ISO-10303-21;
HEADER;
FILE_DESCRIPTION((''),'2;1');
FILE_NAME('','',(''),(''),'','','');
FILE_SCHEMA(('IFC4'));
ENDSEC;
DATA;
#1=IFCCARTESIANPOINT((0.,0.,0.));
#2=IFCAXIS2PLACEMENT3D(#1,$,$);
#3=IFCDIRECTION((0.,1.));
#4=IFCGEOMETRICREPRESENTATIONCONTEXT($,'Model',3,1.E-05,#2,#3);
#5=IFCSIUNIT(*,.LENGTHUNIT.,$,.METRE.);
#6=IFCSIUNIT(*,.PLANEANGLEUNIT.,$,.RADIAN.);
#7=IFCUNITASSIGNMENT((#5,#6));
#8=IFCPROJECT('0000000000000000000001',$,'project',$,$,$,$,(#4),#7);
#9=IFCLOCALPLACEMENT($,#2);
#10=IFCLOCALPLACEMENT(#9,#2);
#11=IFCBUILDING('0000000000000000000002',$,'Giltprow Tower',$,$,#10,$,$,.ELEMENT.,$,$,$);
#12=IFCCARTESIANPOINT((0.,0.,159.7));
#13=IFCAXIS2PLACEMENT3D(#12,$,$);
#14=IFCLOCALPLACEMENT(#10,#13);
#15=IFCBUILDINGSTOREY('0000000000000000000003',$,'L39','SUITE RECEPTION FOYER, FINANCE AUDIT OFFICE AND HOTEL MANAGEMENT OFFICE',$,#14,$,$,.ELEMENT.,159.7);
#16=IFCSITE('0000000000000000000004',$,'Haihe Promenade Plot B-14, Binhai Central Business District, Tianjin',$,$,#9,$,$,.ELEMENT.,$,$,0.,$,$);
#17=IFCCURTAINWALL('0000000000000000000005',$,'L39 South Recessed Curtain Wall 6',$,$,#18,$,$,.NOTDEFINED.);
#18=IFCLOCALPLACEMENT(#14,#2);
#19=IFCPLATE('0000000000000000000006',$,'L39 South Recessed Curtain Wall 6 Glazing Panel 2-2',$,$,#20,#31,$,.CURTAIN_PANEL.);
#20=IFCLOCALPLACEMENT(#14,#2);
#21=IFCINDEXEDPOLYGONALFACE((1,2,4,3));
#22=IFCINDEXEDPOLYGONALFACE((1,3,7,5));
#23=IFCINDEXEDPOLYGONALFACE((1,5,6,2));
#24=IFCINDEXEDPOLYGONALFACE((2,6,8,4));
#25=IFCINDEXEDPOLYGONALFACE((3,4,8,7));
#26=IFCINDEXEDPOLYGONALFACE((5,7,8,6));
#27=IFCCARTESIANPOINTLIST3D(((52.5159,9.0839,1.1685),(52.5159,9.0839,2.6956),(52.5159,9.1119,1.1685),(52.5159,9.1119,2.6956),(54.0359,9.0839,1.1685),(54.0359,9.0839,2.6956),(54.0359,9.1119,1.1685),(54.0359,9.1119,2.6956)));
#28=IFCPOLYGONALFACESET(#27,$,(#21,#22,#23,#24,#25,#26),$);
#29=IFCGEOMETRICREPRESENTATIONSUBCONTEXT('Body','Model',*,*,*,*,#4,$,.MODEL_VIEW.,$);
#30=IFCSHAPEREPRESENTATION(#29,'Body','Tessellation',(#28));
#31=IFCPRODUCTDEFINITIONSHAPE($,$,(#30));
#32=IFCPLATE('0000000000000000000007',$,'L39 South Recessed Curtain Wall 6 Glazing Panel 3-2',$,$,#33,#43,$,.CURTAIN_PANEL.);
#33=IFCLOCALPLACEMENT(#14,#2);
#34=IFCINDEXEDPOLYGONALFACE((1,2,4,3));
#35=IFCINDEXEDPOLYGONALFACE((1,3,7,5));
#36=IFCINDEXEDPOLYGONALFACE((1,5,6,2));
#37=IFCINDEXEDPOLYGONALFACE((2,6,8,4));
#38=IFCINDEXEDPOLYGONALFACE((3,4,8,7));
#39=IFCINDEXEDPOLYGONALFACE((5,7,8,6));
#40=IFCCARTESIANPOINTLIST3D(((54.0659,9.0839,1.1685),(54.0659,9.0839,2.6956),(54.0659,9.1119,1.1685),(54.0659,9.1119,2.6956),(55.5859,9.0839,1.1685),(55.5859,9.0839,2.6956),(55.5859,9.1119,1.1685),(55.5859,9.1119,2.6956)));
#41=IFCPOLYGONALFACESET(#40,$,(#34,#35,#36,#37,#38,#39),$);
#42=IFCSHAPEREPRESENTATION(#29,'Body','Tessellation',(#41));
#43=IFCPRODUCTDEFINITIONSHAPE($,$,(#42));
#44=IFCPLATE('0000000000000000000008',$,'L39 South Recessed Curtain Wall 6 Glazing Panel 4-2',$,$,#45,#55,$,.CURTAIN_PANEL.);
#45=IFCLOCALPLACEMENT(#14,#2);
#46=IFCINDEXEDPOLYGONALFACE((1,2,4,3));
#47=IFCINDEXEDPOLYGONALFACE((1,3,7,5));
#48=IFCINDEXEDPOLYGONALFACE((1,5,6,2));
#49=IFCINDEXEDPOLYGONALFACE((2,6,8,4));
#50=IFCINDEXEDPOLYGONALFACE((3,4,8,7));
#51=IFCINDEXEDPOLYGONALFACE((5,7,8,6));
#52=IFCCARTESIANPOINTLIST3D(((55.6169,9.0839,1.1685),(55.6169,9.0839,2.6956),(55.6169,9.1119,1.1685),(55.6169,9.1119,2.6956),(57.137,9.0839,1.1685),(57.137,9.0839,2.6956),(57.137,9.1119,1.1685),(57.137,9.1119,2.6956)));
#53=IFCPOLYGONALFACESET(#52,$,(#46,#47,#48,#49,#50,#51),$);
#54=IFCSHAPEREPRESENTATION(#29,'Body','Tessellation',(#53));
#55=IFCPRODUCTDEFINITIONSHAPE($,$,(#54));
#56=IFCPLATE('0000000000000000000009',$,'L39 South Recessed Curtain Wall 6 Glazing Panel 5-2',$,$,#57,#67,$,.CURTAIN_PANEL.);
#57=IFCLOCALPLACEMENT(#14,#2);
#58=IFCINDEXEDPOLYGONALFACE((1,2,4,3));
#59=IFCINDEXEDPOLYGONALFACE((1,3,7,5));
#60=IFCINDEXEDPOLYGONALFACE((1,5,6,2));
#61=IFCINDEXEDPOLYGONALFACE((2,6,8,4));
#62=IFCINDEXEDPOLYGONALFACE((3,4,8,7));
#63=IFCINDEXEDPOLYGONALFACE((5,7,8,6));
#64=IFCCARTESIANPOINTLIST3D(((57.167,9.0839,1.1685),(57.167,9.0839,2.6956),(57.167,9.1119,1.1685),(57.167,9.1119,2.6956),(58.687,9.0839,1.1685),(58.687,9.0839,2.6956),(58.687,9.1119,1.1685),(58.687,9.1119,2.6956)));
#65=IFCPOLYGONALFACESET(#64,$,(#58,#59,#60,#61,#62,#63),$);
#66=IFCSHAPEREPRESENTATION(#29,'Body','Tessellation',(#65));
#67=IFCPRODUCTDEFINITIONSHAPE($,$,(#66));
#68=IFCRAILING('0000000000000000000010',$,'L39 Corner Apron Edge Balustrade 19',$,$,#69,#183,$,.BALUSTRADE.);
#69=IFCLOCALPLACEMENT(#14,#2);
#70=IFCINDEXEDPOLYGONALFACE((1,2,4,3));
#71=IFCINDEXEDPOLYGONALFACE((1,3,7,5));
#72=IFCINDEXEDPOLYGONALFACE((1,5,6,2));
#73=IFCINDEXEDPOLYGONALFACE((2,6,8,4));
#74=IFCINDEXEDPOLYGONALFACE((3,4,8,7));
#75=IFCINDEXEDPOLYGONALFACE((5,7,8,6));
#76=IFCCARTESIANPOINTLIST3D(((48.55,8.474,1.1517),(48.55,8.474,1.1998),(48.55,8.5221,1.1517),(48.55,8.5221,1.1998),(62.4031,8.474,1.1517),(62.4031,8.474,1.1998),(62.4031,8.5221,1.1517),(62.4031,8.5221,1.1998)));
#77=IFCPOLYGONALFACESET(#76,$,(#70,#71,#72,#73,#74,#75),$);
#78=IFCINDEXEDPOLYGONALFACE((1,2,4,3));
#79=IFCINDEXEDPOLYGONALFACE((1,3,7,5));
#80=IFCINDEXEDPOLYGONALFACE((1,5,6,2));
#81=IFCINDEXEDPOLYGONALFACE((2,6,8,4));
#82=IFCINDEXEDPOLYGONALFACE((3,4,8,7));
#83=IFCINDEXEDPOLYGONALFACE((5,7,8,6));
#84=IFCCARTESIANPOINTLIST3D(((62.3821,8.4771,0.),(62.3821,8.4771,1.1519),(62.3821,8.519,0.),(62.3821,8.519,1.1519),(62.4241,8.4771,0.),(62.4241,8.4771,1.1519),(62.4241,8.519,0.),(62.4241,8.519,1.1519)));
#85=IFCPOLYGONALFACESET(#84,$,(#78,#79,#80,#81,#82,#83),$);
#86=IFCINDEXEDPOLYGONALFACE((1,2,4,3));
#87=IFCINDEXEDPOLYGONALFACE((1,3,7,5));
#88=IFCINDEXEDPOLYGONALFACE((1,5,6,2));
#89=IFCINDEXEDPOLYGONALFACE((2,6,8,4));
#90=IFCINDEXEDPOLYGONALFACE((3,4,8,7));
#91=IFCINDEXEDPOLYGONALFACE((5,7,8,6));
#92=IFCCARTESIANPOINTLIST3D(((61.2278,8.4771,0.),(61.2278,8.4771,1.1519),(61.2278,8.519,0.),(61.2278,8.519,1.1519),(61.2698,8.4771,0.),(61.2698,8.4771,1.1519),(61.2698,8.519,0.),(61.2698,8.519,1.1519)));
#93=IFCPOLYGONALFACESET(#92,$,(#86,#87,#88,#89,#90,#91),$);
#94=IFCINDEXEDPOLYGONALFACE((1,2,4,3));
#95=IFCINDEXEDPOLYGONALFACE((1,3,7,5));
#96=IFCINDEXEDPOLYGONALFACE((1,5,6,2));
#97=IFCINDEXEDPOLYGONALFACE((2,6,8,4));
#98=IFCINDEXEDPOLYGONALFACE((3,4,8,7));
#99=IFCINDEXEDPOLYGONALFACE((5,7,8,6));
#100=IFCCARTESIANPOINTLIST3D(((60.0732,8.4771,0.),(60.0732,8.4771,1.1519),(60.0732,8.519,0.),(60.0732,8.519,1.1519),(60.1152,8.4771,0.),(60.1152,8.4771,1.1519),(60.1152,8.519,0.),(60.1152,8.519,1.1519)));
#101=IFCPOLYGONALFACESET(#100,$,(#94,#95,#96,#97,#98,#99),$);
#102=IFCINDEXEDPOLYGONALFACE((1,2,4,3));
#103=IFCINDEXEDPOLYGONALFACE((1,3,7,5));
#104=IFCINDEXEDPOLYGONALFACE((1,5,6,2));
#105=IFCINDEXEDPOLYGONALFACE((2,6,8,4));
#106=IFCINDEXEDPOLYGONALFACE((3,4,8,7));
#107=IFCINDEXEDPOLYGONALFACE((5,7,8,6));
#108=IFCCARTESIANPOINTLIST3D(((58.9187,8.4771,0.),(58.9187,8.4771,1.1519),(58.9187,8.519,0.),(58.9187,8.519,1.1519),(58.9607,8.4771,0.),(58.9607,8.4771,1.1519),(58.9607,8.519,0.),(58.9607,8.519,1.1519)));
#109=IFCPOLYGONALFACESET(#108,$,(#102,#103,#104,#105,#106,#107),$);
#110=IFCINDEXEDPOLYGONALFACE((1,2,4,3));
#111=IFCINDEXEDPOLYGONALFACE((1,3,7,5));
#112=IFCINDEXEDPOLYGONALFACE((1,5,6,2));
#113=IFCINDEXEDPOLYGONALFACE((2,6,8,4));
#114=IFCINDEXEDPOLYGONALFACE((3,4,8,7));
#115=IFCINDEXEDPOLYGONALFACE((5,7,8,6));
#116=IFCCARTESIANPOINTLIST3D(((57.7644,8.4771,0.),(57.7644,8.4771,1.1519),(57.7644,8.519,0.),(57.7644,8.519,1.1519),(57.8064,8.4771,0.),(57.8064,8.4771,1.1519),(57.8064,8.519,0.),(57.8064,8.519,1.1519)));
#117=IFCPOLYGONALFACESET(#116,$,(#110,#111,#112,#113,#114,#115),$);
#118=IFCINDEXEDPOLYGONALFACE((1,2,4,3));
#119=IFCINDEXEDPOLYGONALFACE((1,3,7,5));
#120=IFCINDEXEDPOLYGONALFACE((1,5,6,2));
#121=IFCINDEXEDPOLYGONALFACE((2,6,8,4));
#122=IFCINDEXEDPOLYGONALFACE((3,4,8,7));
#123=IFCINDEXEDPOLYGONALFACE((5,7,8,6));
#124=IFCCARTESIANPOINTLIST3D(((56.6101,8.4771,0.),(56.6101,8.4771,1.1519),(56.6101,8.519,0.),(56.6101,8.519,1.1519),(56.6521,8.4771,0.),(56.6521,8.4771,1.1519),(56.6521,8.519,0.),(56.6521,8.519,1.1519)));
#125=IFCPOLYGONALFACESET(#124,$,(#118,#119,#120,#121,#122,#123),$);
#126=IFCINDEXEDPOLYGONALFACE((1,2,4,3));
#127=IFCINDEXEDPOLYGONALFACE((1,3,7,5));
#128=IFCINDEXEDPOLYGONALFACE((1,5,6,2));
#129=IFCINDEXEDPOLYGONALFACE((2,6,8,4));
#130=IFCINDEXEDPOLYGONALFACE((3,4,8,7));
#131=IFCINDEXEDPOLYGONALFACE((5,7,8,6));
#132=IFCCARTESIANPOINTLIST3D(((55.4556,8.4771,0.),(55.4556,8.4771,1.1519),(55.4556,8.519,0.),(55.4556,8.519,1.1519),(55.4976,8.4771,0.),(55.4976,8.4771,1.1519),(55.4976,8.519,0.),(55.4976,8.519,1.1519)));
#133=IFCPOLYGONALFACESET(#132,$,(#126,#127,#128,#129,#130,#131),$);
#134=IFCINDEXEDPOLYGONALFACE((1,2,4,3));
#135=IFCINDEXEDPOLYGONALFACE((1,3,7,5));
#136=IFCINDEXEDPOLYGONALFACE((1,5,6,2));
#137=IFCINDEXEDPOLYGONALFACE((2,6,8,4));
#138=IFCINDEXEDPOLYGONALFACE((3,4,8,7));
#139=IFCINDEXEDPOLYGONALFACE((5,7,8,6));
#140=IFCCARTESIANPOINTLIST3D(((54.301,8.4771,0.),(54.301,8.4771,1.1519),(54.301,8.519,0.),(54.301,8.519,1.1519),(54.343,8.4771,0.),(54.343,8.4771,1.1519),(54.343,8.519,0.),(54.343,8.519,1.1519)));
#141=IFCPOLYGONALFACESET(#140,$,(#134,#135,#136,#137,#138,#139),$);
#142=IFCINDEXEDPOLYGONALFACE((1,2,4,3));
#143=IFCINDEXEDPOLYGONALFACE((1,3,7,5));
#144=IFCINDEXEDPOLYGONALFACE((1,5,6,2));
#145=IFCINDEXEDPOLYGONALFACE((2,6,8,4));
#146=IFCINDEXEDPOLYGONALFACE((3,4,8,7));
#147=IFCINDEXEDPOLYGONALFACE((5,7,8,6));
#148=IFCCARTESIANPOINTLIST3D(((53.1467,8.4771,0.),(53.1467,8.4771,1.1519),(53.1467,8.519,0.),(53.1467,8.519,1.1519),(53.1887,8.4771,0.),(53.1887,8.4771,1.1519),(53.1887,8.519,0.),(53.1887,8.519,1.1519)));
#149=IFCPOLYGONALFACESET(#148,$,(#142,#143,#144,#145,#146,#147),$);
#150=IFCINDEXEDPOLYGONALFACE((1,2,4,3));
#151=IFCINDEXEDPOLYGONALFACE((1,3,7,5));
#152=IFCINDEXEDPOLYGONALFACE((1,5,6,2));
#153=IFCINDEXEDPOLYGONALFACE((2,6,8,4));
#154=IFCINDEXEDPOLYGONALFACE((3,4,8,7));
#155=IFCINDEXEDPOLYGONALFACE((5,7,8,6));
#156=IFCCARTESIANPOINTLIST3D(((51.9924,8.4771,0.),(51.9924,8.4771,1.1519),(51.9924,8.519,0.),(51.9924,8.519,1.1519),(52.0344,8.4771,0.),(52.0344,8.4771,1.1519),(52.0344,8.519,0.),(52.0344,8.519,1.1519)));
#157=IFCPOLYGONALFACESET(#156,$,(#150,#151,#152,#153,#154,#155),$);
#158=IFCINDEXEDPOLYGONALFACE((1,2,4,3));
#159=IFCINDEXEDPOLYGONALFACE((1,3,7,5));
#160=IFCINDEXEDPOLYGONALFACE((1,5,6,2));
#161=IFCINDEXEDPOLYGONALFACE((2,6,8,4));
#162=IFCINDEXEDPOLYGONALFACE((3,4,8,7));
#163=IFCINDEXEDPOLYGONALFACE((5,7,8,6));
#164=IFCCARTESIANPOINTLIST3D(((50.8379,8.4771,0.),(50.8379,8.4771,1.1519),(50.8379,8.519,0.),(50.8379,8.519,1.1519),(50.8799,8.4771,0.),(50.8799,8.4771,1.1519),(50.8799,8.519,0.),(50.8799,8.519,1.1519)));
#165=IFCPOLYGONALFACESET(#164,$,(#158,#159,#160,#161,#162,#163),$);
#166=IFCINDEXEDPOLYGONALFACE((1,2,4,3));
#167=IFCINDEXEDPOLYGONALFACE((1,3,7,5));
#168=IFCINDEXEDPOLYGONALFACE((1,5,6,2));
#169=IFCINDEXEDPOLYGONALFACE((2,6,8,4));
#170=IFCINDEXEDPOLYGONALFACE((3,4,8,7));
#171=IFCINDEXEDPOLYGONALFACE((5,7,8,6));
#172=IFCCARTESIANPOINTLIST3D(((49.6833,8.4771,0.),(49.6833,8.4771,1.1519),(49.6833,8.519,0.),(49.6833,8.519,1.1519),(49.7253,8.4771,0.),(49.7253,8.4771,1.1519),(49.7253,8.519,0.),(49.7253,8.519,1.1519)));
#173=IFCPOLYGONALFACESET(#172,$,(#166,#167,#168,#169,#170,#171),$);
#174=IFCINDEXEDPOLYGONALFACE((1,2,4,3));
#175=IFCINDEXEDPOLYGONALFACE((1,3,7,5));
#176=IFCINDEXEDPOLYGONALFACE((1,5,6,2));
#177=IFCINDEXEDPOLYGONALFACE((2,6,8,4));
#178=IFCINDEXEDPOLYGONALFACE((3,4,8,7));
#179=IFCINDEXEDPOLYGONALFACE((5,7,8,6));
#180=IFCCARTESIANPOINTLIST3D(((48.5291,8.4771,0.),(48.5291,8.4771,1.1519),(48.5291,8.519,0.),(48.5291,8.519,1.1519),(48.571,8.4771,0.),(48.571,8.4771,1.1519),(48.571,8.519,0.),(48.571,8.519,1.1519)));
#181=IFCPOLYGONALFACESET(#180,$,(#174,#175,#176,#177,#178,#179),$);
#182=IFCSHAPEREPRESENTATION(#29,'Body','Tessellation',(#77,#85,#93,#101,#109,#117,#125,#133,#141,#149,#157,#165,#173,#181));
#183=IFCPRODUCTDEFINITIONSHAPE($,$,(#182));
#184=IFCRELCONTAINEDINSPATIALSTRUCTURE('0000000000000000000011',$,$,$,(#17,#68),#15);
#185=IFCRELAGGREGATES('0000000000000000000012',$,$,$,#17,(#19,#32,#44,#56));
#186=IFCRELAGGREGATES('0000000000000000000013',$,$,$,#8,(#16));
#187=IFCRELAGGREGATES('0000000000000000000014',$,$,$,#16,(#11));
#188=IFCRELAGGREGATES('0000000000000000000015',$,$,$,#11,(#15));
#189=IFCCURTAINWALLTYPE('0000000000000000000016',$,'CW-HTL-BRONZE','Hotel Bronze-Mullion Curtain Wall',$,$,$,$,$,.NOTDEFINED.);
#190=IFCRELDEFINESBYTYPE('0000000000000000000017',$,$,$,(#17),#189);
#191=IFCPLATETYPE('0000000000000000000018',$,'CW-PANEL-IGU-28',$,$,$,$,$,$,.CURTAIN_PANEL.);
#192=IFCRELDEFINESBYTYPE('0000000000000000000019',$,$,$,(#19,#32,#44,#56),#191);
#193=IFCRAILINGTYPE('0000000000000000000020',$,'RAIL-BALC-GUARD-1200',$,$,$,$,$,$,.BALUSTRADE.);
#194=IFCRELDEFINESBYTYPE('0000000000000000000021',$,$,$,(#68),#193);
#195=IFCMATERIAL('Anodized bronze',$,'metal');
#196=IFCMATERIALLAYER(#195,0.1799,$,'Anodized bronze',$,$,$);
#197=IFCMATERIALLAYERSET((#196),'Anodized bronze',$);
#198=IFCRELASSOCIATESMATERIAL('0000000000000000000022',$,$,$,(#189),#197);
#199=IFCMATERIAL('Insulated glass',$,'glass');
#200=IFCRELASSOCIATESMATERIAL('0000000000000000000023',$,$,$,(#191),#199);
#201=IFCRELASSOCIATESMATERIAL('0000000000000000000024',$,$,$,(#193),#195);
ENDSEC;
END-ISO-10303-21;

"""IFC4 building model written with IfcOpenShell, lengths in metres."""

from ifc_helpers import new_model, si_unit, direction, frame, origin, origin_2d, place, context, subcontext, project, spatial, rectangle, extrude, source, transform, mapped, material, layer, layer_set, type_object, element, aggregate, save


model = new_model("IFC4")

# Units and contexts
model_context = context("Model", 3, precision=1e-05, world=origin(), true_north=direction((0.0, 1.0)))
body_context = subcontext(model_context, "Body", "Model", "MODEL_VIEW")
ifc_project = project(units=[si_unit("LENGTHUNIT", "METRE"), si_unit("PLANEANGLEUNIT", "RADIAN")], contexts=[model_context])

# Site, building, storey
site_placement = place(None, origin())
site = spatial("IfcSite", under=ifc_project, at=site_placement, Name="Haihe Promenade Plot B-14, Binhai Central Business District, Tianjin", CompositionType="ELEMENT", RefElevation=0.0)
building_placement = place(site_placement, origin())
building = spatial("IfcBuilding", under=site, at=building_placement, Name="Giltprow Tower", CompositionType="ELEMENT")
storey_placement = place(building_placement, frame((0.0, 0.0, 159.7)))
storey = spatial("IfcBuildingStorey", under=building, at=storey_placement, Name="L39", Description="SUITE RECEPTION FOYER, FINANCE AUDIT OFFICE AND HOTEL MANAGEMENT OFFICE", CompositionType="ELEMENT", Elevation=159.7)

# Curtain wall, plates
ifc_material_1 = material(Name="Anodized bronze", Category="metal")
ifc_layer = layer(ifc_material_1, 0.1799, Name="Anodized bronze")
ifc_layer_set = layer_set([ifc_layer], Name="Anodized bronze")
curtain_wall_type = type_object("IfcCurtainWallType", Name="CW-HTL-BRONZE", Description="Hotel Bronze-Mullion Curtain Wall", PredefinedType="NOTDEFINED", material=ifc_layer_set)
curtain_wall_placement = place(storey_placement, origin())
curtain_wall = element("IfcCurtainWall", 1, at=curtain_wall_placement, inside=storey, type_object=curtain_wall_type, Name="L39 South Recessed Curtain Wall 6", PredefinedType="NOTDEFINED")
ifc_material_2 = material(Name="Insulated glass", Category="glass")
plate_type = type_object("IfcPlateType", Name="CW-PANEL-IGU-28", PredefinedType="CURTAIN_PANEL", material=ifc_material_2)
shared_shape_1 = source(origin(), body_context, "Body", "SweptSolid", [
    extrude(rectangle(XDim=1.52, YDim=0.0281, at=origin_2d()), origin(), (0.0, 0.0, 1.0), 1.5271),
])
plate_1_placement = place(storey_placement, frame((53.2759, 9.0979, 1.1685), z_axis=(0.0, 0.0, 1.0), x_axis=(1.0, 0.0, 0.0)))
plate_1 = element("IfcPlate", 2, at=plate_1_placement, type_object=plate_type, Name="L39 South Recessed Curtain Wall 6 Glazing Panel 2-2", PredefinedType="CURTAIN_PANEL", context=body_context, shape_type="MappedRepresentation", body=[
    mapped(shared_shape_1, transform((0.0, 0.0, 0.0), x_axis=(1.0, 0.0, 0.0), y_axis=(0.0, 1.0, 0.0), z_axis=(0.0, 0.0, 1.0), scale=1.0)),
])
plate_2_placement = place(storey_placement, frame((54.8259, 9.0979, 1.1685), z_axis=(0.0, 0.0, 1.0), x_axis=(1.0, 0.0, 0.0)))
plate_2 = element("IfcPlate", 3, at=plate_2_placement, type_object=plate_type, Name="L39 South Recessed Curtain Wall 6 Glazing Panel 3-2", PredefinedType="CURTAIN_PANEL", context=body_context, shape_type="MappedRepresentation", body=[
    mapped(shared_shape_1, transform((0.0, 0.0, 0.0), x_axis=(1.0, 0.0, 0.0), y_axis=(0.0, 1.0, 0.0), z_axis=(0.0, 0.0, 1.0), scale=1.0)),
])
plate_3_placement = place(storey_placement, frame((56.377, 9.0979, 1.1685), z_axis=(0.0, 0.0, 1.0), x_axis=(1.0, 0.0, 0.0)))
plate_3 = element("IfcPlate", 4, at=plate_3_placement, type_object=plate_type, Name="L39 South Recessed Curtain Wall 6 Glazing Panel 4-2", PredefinedType="CURTAIN_PANEL", context=body_context, shape_type="MappedRepresentation", body=[
    mapped(shared_shape_1, transform((0.0, 0.0, 0.0), x_axis=(1.0, 0.0, 0.0), y_axis=(0.0, 1.0, 0.0), z_axis=(0.0, 0.0, 1.0), scale=1.0)),
])
plate_4_placement = place(storey_placement, frame((57.927, 9.0979, 1.1685), z_axis=(0.0, 0.0, 1.0), x_axis=(1.0, 0.0, 0.0)))
plate_4 = element("IfcPlate", 5, at=plate_4_placement, type_object=plate_type, Name="L39 South Recessed Curtain Wall 6 Glazing Panel 5-2", PredefinedType="CURTAIN_PANEL", context=body_context, shape_type="MappedRepresentation", body=[
    mapped(shared_shape_1, transform((0.0, 0.0, 0.0), x_axis=(1.0, 0.0, 0.0), y_axis=(0.0, 1.0, 0.0), z_axis=(0.0, 0.0, 1.0), scale=1.0)),
])
aggregate(curtain_wall, [plate_1, plate_2, plate_3, plate_4])

# Railing
railing_type = type_object("IfcRailingType", Name="RAIL-BALC-GUARD-1200", PredefinedType="BALUSTRADE", material=ifc_material_1)
railing_placement = place(storey_placement, frame((62.4031, 8.498, 0.0)))
element("IfcRailing", 6, at=railing_placement, inside=storey, type_object=railing_type, Name="L39 Corner Apron Edge Balustrade 19", PredefinedType="BALUSTRADE", context=body_context, shape_type="SweptSolid", body=[
    extrude(rectangle(XDim=0.0481, YDim=0.0481, at=origin_2d()), frame((0.0, 0.0, 1.1758), z_axis=(-1.0, 0.0, 0.0), x_axis=(0.0, -1.0, 0.0)), (0.0, 0.0, 1.0), 13.853),
    extrude(rectangle(XDim=0.042, YDim=0.042, at=origin_2d()), origin(), (0.0, 0.0, 1.0), 1.1519),
    extrude(rectangle(XDim=0.042, YDim=0.042, at=origin_2d()), frame((-1.1543, 0.0, 0.0)), (0.0, 0.0, 1.0), 1.1519),
    extrude(rectangle(XDim=0.042, YDim=0.042, at=origin_2d()), frame((-2.3088, 0.0, 0.0)), (0.0, 0.0, 1.0), 1.1519),
    extrude(rectangle(XDim=0.042, YDim=0.042, at=origin_2d()), frame((-3.4634, 0.0, 0.0)), (0.0, 0.0, 1.0), 1.1519),
    extrude(rectangle(XDim=0.042, YDim=0.042, at=origin_2d()), frame((-4.6177, 0.0, 0.0)), (0.0, 0.0, 1.0), 1.1519),
    extrude(rectangle(XDim=0.042, YDim=0.042, at=origin_2d()), frame((-5.772, 0.0, 0.0)), (0.0, 0.0, 1.0), 1.1519),
    extrude(rectangle(XDim=0.042, YDim=0.042, at=origin_2d()), frame((-6.9265, 0.0, 0.0)), (0.0, 0.0, 1.0), 1.1519),
    extrude(rectangle(XDim=0.042, YDim=0.042, at=origin_2d()), frame((-8.0811, 0.0, 0.0)), (0.0, 0.0, 1.0), 1.1519),
    extrude(rectangle(XDim=0.042, YDim=0.042, at=origin_2d()), frame((-9.2354, 0.0, 0.0)), (0.0, 0.0, 1.0), 1.1519),
    extrude(rectangle(XDim=0.042, YDim=0.042, at=origin_2d()), frame((-10.3896, 0.0, 0.0)), (0.0, 0.0, 1.0), 1.1519),
    extrude(rectangle(XDim=0.042, YDim=0.042, at=origin_2d()), frame((-11.5442, 0.0, 0.0)), (0.0, 0.0, 1.0), 1.1519),
    extrude(rectangle(XDim=0.042, YDim=0.042, at=origin_2d()), frame((-12.6987, 0.0, 0.0)), (0.0, 0.0, 1.0), 1.1519),
    extrude(rectangle(XDim=0.042, YDim=0.042, at=origin_2d()), frame((-13.853, 0.0, 0.0)), (0.0, 0.0, 1.0), 1.1519),
])

save(model, "model.ifc")
